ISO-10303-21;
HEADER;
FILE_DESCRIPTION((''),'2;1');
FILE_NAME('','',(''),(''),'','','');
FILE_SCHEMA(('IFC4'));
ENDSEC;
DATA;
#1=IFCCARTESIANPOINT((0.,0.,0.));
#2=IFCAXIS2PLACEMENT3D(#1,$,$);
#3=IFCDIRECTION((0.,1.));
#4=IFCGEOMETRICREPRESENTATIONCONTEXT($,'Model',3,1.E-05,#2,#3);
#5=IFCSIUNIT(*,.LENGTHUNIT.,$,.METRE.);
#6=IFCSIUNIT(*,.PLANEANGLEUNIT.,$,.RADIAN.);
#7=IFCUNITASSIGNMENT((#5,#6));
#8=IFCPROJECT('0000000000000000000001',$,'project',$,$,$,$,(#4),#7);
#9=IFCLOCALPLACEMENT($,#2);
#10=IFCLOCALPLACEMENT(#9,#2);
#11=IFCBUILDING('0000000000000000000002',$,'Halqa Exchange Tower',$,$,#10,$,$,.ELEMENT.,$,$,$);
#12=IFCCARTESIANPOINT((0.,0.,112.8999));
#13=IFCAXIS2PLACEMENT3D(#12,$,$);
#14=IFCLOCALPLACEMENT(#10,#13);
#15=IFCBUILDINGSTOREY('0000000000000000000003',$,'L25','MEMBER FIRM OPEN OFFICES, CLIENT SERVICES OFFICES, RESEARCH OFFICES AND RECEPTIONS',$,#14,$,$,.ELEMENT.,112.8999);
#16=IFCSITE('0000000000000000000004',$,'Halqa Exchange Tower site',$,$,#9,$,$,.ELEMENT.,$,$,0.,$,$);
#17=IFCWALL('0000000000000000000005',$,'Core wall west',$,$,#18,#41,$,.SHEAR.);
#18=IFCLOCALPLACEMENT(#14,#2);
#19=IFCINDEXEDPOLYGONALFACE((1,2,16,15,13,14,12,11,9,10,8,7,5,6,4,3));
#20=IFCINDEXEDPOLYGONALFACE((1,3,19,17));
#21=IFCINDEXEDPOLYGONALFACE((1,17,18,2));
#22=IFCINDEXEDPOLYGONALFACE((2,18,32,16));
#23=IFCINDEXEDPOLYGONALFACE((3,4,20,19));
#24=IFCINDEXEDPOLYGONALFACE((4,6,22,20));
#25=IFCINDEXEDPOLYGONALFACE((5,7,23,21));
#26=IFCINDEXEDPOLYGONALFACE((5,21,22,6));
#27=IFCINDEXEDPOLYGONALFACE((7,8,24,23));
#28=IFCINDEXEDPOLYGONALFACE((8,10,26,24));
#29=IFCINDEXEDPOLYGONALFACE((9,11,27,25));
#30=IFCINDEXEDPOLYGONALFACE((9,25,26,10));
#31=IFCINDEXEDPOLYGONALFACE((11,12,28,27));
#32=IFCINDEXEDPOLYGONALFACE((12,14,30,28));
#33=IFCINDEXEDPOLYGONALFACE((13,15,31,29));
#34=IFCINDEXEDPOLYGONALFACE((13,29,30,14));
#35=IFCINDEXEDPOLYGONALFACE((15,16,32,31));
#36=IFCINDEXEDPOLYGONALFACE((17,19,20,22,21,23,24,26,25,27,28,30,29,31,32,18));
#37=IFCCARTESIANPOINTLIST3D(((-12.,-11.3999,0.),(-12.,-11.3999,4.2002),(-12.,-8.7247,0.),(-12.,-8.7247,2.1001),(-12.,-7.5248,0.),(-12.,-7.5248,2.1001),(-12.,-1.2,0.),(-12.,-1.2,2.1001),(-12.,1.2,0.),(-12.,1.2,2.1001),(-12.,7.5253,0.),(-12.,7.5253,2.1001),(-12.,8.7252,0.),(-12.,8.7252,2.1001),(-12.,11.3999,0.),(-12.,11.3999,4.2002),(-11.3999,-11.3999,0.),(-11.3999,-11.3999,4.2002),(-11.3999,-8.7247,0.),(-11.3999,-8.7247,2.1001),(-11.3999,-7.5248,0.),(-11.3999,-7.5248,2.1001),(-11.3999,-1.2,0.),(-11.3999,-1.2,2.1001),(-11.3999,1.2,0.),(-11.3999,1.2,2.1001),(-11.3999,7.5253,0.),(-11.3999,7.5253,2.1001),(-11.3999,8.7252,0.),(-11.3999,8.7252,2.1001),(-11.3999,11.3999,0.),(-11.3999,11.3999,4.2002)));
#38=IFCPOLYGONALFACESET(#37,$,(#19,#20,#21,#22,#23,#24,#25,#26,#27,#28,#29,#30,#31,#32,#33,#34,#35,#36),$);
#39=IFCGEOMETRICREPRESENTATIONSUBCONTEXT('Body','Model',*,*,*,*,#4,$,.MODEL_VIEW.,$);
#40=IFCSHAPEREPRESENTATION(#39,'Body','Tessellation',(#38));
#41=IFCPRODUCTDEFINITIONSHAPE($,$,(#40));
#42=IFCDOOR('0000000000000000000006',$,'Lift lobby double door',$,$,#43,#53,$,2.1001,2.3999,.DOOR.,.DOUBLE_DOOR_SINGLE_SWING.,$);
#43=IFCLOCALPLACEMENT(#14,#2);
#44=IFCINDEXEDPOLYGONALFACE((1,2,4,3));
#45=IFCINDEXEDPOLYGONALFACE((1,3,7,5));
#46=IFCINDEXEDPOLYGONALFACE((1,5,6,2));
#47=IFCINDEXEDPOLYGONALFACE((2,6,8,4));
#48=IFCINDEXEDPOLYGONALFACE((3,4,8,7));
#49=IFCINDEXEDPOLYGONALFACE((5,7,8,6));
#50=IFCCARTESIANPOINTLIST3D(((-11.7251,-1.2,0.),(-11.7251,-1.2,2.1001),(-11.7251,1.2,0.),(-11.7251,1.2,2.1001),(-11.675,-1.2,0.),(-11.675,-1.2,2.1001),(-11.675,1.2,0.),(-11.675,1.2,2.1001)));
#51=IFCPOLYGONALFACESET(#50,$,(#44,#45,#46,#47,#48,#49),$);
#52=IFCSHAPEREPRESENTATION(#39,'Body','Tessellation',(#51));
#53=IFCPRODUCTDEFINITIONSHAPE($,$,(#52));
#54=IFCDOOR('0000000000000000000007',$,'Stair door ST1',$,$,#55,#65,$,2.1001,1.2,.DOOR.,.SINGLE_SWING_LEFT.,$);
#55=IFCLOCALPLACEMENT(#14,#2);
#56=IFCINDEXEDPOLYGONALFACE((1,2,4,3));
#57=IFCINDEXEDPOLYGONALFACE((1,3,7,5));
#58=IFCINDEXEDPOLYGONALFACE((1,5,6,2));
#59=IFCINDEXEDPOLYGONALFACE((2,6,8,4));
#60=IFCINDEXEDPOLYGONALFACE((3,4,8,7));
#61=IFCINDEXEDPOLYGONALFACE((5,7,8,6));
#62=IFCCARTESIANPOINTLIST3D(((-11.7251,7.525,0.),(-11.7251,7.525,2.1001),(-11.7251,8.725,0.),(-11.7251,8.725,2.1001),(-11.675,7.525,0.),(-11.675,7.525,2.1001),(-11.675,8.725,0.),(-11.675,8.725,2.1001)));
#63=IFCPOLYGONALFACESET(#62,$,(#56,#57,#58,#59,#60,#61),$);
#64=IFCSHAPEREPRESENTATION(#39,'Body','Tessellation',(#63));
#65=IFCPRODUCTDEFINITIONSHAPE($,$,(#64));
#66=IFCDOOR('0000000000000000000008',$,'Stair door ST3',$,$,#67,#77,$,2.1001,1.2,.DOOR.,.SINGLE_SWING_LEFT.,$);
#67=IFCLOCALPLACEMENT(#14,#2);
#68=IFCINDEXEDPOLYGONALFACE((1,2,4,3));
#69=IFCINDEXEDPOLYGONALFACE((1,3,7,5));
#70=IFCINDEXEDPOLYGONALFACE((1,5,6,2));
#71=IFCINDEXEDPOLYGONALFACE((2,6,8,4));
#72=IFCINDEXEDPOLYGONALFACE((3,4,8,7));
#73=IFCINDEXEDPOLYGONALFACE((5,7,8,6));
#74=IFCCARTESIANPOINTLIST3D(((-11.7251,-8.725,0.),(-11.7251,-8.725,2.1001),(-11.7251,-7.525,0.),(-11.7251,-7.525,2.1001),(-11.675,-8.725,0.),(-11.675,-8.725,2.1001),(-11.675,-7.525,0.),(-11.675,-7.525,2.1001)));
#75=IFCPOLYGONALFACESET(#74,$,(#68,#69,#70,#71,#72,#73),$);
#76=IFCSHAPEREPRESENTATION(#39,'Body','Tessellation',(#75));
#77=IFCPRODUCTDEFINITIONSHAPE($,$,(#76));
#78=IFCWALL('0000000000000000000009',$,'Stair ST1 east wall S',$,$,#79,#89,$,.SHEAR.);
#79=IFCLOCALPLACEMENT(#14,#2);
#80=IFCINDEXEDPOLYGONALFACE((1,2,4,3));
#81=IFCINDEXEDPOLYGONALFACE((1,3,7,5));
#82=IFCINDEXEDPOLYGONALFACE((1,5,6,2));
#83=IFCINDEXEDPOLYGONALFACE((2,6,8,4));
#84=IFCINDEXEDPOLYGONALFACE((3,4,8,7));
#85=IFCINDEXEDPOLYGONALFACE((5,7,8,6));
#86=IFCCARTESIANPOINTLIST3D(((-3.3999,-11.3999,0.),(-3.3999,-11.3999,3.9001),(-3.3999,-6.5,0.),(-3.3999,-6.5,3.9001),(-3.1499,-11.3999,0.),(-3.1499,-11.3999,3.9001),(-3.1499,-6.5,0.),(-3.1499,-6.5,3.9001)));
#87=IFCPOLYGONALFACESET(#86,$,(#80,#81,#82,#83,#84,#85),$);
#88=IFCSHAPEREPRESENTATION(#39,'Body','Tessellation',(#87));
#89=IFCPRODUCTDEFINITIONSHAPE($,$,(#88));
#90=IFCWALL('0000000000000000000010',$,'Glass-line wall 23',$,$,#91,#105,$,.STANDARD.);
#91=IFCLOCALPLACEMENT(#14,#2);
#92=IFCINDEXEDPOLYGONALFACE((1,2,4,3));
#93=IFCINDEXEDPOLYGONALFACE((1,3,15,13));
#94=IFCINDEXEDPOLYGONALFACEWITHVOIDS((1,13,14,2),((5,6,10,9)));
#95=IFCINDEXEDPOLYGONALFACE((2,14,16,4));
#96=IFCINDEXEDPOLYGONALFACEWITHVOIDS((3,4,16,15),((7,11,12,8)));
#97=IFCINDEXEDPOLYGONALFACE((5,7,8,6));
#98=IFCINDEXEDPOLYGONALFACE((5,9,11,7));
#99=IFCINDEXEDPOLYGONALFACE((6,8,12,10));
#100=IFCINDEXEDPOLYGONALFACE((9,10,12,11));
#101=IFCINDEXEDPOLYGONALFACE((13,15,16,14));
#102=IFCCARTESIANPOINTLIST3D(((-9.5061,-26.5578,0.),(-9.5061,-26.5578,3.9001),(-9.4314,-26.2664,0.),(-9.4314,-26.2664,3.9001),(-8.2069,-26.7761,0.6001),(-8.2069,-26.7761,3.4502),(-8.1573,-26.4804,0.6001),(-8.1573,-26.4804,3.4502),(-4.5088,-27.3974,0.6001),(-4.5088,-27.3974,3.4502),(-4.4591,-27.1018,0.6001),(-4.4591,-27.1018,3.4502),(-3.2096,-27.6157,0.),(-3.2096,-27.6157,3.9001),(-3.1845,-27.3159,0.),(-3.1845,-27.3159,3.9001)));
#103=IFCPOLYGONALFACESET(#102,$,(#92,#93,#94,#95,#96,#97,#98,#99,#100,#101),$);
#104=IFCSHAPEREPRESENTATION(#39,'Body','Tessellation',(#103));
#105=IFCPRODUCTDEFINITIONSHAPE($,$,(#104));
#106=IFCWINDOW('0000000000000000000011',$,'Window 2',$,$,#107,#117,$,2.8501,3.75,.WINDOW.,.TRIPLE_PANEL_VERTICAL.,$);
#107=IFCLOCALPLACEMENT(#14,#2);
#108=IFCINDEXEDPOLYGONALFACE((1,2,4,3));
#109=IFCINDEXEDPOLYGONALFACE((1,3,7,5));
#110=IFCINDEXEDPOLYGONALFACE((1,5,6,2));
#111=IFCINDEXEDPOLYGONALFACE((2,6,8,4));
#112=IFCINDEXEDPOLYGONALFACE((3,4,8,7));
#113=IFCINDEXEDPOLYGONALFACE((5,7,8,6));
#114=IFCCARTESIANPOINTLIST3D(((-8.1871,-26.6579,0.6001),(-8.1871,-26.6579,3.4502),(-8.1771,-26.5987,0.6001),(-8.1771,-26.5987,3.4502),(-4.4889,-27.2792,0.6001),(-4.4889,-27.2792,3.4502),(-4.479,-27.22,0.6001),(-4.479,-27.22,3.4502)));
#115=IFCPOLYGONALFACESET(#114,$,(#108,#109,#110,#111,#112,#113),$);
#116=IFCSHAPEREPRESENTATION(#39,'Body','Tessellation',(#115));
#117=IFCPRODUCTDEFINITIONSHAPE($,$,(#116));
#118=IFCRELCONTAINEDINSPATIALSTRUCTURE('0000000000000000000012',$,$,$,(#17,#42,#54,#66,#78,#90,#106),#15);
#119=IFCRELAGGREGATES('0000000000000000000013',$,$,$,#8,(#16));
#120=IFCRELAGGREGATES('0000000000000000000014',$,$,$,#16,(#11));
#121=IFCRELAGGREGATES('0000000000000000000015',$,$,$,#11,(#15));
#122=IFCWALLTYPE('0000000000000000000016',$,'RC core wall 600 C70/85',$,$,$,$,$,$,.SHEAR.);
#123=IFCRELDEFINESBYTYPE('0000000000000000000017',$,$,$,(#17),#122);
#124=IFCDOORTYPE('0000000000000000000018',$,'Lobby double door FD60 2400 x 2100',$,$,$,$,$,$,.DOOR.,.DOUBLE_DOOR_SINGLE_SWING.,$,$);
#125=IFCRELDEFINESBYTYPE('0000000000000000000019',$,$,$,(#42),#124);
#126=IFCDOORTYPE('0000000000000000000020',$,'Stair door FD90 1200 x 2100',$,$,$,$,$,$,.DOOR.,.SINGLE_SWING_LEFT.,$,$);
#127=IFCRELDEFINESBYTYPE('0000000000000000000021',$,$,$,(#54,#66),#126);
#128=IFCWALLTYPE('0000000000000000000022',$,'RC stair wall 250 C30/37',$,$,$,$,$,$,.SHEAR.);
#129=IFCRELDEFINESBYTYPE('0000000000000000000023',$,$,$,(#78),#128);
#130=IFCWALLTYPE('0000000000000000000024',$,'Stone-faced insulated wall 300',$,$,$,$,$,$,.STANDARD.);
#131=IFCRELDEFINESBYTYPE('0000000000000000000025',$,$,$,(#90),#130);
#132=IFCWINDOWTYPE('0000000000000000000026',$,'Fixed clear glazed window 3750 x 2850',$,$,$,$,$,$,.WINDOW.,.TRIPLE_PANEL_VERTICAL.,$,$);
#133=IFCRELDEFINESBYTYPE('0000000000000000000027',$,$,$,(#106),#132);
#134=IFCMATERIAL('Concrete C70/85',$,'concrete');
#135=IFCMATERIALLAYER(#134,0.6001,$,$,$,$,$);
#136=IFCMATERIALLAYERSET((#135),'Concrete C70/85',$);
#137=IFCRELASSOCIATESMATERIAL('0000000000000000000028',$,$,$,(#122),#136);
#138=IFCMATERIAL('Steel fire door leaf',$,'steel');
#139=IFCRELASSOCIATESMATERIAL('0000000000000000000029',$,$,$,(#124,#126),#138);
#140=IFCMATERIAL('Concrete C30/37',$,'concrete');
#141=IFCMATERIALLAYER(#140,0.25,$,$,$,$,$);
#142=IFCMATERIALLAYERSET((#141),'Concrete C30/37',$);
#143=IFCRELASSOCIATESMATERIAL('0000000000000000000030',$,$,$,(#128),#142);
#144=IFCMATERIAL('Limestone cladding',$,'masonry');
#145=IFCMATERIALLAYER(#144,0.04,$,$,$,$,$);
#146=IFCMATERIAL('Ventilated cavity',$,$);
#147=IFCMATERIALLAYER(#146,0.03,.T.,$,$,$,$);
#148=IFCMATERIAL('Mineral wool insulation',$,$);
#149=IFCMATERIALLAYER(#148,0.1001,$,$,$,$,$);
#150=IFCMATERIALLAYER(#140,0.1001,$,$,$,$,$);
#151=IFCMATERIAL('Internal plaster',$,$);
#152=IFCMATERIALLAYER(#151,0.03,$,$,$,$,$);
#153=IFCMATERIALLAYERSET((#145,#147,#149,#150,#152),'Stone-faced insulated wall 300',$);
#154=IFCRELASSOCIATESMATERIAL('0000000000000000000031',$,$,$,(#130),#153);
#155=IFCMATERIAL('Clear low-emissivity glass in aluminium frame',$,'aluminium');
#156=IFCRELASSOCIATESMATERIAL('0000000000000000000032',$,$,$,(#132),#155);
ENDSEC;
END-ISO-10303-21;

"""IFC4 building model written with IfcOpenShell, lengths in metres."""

from ifc_helpers import new_model, si_unit, direction, frame, frame_2d, origin, place, context, subcontext, project, spatial, polyline, rectangle, outline, extrude, material, layer, layer_set, type_object, element, fill, save


model = new_model("IFC4")

# Units and contexts
model_context = context("Model", 3, precision=1e-05, world=origin(), true_north=direction((0.0, 1.0)))
body_context = subcontext(model_context, "Body", "Model", "MODEL_VIEW")
ifc_project = project(units=[si_unit("LENGTHUNIT", "METRE"), si_unit("PLANEANGLEUNIT", "RADIAN")], contexts=[model_context])

# Site, building, storey
site_placement = place(None, origin())
site = spatial("IfcSite", under=ifc_project, at=site_placement, Name="Halqa Exchange Tower site", CompositionType="ELEMENT", RefElevation=0.0)
building_placement = place(site_placement, origin())
building = spatial("IfcBuilding", under=site, at=building_placement, Name="Halqa Exchange Tower", CompositionType="ELEMENT")
storey_placement = place(building_placement, frame((0.0, 0.0, 112.8999)))
storey = spatial("IfcBuildingStorey", under=building, at=storey_placement, Name="L25", Description="MEMBER FIRM OPEN OFFICES, CLIENT SERVICES OFFICES, RESEARCH OFFICES AND RECEPTIONS", CompositionType="ELEMENT", Elevation=112.8999)

# Shared definitions
ifc_material_1 = material(Name="Concrete C70/85", Category="concrete")

# Wall, openings, doors
ifc_layer_1 = layer(ifc_material_1, 0.6001)
ifc_layer_set_1 = layer_set([ifc_layer_1], Name="Concrete C70/85")
wall_type_1 = type_object("IfcWallType", Name="RC core wall 600 C70/85", PredefinedType="SHEAR", material=ifc_layer_set_1)
wall_1_placement = place(storey_placement, frame((-11.7, -11.3999, 0.0), z_axis=(0.0, 0.0, 1.0), x_axis=(0.0, 1.0, 0.0)))
wall_1 = element("IfcWall", 1, at=wall_1_placement, inside=storey, type_object=wall_type_1, Name="Core wall west", PredefinedType="SHEAR", context=body_context, shape_type="SweptSolid", body=[
    extrude(rectangle(XDim=22.7998, YDim=0.6001, at=frame_2d((11.3999, 0.0))), origin(), (0.0, 0.0, 1.0), 4.2002),
])
opening_1_placement = place(wall_1_placement, frame((10.2, 0.0, 0.0)))
opening_1 = element("IfcOpeningElement", 2, at=opening_1_placement, cuts=wall_1, PredefinedType="OPENING", context=body_context, shape_type="SweptSolid", body=[
    extrude(rectangle(XDim=2.3999, YDim=2.1001, at=frame_2d((1.2, 1.05))), frame((0.0, 0.312, 0.0), z_axis=(0.0, -1.0, 0.0), x_axis=(1.0, 0.0, 0.0)), (0.0, 0.0, 1.0), 0.624),
])
opening_2_placement = place(wall_1_placement, frame((18.925, 0.0, 0.0)))
opening_2 = element("IfcOpeningElement", 3, at=opening_2_placement, cuts=wall_1, PredefinedType="OPENING", context=body_context, shape_type="SweptSolid", body=[
    extrude(rectangle(XDim=1.2, YDim=2.1001, at=frame_2d((0.6001, 1.05))), frame((0.0, 0.312, 0.0), z_axis=(0.0, -1.0, 0.0), x_axis=(1.0, 0.0, 0.0)), (0.0, 0.0, 1.0), 0.624),
])
opening_3_placement = place(wall_1_placement, frame((2.675, 0.0, 0.0)))
opening_3 = element("IfcOpeningElement", 4, at=opening_3_placement, cuts=wall_1, PredefinedType="OPENING", context=body_context, shape_type="SweptSolid", body=[
    extrude(rectangle(XDim=1.2, YDim=2.1001, at=frame_2d((0.6001, 1.05))), frame((0.0, 0.312, 0.0), z_axis=(0.0, -1.0, 0.0), x_axis=(1.0, 0.0, 0.0)), (0.0, 0.0, 1.0), 0.624),
])
ifc_material_2 = material(Name="Steel fire door leaf", Category="steel")
door_type_1 = type_object("IfcDoorType", Name="Lobby double door FD60 2400 x 2100", OperationType="DOUBLE_DOOR_SINGLE_SWING", PredefinedType="DOOR", material=ifc_material_2)
door_1_placement = place(opening_1_placement, frame((2.3999, 0.0, 0.0), z_axis=(0.0, 0.0, 1.0), x_axis=(-1.0, 0.0, 0.0)))
door_1 = element("IfcDoor", 5, at=door_1_placement, inside=storey, type_object=door_type_1, Name="Lift lobby double door", OperationType="DOUBLE_DOOR_SINGLE_SWING", OverallHeight=2.1001, OverallWidth=2.3999, PredefinedType="DOOR", context=body_context, shape_type="SweptSolid", body=[
    extrude(rectangle(XDim=2.3999, YDim=2.1001, at=frame_2d((1.2, 1.05))), frame((0.0, 0.0249, 0.0), z_axis=(0.0, -1.0, 0.0), x_axis=(1.0, 0.0, 0.0)), (0.0, 0.0, 1.0), 0.05),
])
fill(opening_1, door_1)
door_type_2 = type_object("IfcDoorType", Name="Stair door FD90 1200 x 2100", OperationType="SINGLE_SWING_LEFT", PredefinedType="DOOR", material=ifc_material_2)
door_2_placement = place(opening_2_placement, frame((1.2, 0.0, 0.0), z_axis=(0.0, 0.0, 1.0), x_axis=(-1.0, 0.0, 0.0)))
door_2 = element("IfcDoor", 6, at=door_2_placement, inside=storey, type_object=door_type_2, Name="Stair door ST1", OperationType="SINGLE_SWING_LEFT", OverallHeight=2.1001, OverallWidth=1.2, PredefinedType="DOOR", context=body_context, shape_type="SweptSolid", body=[
    extrude(rectangle(XDim=1.2, YDim=2.1001, at=frame_2d((0.6001, 1.05))), frame((0.0, 0.0249, 0.0), z_axis=(0.0, -1.0, 0.0), x_axis=(1.0, 0.0, 0.0)), (0.0, 0.0, 1.0), 0.05),
])
fill(opening_2, door_2)
door_3_placement = place(opening_3_placement, frame((1.2, 0.0, 0.0), z_axis=(0.0, 0.0, 1.0), x_axis=(-1.0, 0.0, 0.0)))
door_3 = element("IfcDoor", 7, at=door_3_placement, inside=storey, type_object=door_type_2, Name="Stair door ST3", OperationType="SINGLE_SWING_LEFT", OverallHeight=2.1001, OverallWidth=1.2, PredefinedType="DOOR", context=body_context, shape_type="SweptSolid", body=[
    extrude(rectangle(XDim=1.2, YDim=2.1001, at=frame_2d((0.6001, 1.05))), frame((0.0, 0.0249, 0.0), z_axis=(0.0, -1.0, 0.0), x_axis=(1.0, 0.0, 0.0)), (0.0, 0.0, 1.0), 0.05),
])
fill(opening_3, door_3)

# Wall
ifc_material_3 = material(Name="Concrete C30/37", Category="concrete")
ifc_layer_2 = layer(ifc_material_3, 0.25)
ifc_layer_set_2 = layer_set([ifc_layer_2], Name="Concrete C30/37")
wall_type_2 = type_object("IfcWallType", Name="RC stair wall 250 C30/37", PredefinedType="SHEAR", material=ifc_layer_set_2)
wall_2_placement = place(storey_placement, frame((-3.2749, -11.3999, 0.0), z_axis=(0.0, 0.0, 1.0), x_axis=(0.0, 1.0, 0.0)))
element("IfcWall", 8, at=wall_2_placement, inside=storey, type_object=wall_type_2, Name="Stair ST1 east wall S", PredefinedType="SHEAR", context=body_context, shape_type="SweptSolid", body=[
    extrude(rectangle(XDim=4.8999, YDim=0.25, at=frame_2d((2.45, 0.0))), origin(), (0.0, 0.0, 1.0), 3.9001),
])

# Wall, opening, window
ifc_material_4 = material(Name="Limestone cladding", Category="masonry")
ifc_layer_3 = layer(ifc_material_4, 0.04)
ifc_material_5 = material(Name="Ventilated cavity")
ifc_layer_4 = layer(ifc_material_5, 0.03, ventilated=True)
ifc_material_6 = material(Name="Mineral wool insulation")
ifc_layer_5 = layer(ifc_material_6, 0.1001)
ifc_layer_6 = layer(ifc_material_3, 0.1001)
ifc_material_7 = material(Name="Internal plaster")
ifc_layer_7 = layer(ifc_material_7, 0.03)
ifc_layer_set_3 = layer_set([ifc_layer_3, ifc_layer_4, ifc_layer_5, ifc_layer_6, ifc_layer_7], Name="Stone-faced insulated wall 300")
wall_type_3 = type_object("IfcWallType", Name="Stone-faced insulated wall 300", PredefinedType="STANDARD", material=ifc_layer_set_3)
wall_3_placement = place(storey_placement, frame((-9.4688, -26.4121, 0.0), z_axis=(0.0, 0.0, 1.0), x_axis=(0.986178, -0.165687, 0.0)))
wall_3 = element("IfcWall", 9, at=wall_3_placement, inside=storey, type_object=wall_type_3, Name="Glass-line wall 23", PredefinedType="STANDARD", context=body_context, shape_type="SweptSolid", body=[
    extrude(outline(polyline([(-0.0127, -0.1499), (6.3721, -0.1499), (6.3472, 0.1499), (0.0127, 0.1499), (-0.0127, -0.1499)])), origin(), (0.0, 0.0, 1.0), 3.9001),
])
opening_4_placement = place(wall_3_placement, frame((1.3047, 0.0, 0.6001)))
opening_4 = element("IfcOpeningElement", 10, at=opening_4_placement, cuts=wall_3, PredefinedType="OPENING", context=body_context, shape_type="SweptSolid", body=[
    extrude(rectangle(XDim=3.75, YDim=2.8501, at=frame_2d((1.875, 1.425))), frame((0.0, 0.1621, 0.0), z_axis=(0.0, -1.0, 0.0), x_axis=(1.0, 0.0, 0.0)), (0.0, 0.0, 1.0), 0.324),
])
ifc_material_8 = material(Name="Clear low-emissivity glass in aluminium frame", Category="aluminium")
window_type = type_object("IfcWindowType", Name="Fixed clear glazed window 3750 x 2850", PartitioningType="TRIPLE_PANEL_VERTICAL", PredefinedType="WINDOW", material=ifc_material_8)
window_placement = place(opening_4_placement, origin())
window = element("IfcWindow", 11, at=window_placement, inside=storey, type_object=window_type, Name="Window 2", OverallHeight=2.8501, OverallWidth=3.75, PartitioningType="TRIPLE_PANEL_VERTICAL", PredefinedType="WINDOW", context=body_context, shape_type="SweptSolid", body=[
    extrude(rectangle(XDim=3.75, YDim=2.8501, at=frame_2d((1.875, 1.425))), frame((0.0, 0.03, 0.0), z_axis=(0.0, -1.0, 0.0), x_axis=(1.0, 0.0, 0.0)), (0.0, 0.0, 1.0), 0.0601),
])
fill(opening_4, window)

save(model, "model.ifc")
